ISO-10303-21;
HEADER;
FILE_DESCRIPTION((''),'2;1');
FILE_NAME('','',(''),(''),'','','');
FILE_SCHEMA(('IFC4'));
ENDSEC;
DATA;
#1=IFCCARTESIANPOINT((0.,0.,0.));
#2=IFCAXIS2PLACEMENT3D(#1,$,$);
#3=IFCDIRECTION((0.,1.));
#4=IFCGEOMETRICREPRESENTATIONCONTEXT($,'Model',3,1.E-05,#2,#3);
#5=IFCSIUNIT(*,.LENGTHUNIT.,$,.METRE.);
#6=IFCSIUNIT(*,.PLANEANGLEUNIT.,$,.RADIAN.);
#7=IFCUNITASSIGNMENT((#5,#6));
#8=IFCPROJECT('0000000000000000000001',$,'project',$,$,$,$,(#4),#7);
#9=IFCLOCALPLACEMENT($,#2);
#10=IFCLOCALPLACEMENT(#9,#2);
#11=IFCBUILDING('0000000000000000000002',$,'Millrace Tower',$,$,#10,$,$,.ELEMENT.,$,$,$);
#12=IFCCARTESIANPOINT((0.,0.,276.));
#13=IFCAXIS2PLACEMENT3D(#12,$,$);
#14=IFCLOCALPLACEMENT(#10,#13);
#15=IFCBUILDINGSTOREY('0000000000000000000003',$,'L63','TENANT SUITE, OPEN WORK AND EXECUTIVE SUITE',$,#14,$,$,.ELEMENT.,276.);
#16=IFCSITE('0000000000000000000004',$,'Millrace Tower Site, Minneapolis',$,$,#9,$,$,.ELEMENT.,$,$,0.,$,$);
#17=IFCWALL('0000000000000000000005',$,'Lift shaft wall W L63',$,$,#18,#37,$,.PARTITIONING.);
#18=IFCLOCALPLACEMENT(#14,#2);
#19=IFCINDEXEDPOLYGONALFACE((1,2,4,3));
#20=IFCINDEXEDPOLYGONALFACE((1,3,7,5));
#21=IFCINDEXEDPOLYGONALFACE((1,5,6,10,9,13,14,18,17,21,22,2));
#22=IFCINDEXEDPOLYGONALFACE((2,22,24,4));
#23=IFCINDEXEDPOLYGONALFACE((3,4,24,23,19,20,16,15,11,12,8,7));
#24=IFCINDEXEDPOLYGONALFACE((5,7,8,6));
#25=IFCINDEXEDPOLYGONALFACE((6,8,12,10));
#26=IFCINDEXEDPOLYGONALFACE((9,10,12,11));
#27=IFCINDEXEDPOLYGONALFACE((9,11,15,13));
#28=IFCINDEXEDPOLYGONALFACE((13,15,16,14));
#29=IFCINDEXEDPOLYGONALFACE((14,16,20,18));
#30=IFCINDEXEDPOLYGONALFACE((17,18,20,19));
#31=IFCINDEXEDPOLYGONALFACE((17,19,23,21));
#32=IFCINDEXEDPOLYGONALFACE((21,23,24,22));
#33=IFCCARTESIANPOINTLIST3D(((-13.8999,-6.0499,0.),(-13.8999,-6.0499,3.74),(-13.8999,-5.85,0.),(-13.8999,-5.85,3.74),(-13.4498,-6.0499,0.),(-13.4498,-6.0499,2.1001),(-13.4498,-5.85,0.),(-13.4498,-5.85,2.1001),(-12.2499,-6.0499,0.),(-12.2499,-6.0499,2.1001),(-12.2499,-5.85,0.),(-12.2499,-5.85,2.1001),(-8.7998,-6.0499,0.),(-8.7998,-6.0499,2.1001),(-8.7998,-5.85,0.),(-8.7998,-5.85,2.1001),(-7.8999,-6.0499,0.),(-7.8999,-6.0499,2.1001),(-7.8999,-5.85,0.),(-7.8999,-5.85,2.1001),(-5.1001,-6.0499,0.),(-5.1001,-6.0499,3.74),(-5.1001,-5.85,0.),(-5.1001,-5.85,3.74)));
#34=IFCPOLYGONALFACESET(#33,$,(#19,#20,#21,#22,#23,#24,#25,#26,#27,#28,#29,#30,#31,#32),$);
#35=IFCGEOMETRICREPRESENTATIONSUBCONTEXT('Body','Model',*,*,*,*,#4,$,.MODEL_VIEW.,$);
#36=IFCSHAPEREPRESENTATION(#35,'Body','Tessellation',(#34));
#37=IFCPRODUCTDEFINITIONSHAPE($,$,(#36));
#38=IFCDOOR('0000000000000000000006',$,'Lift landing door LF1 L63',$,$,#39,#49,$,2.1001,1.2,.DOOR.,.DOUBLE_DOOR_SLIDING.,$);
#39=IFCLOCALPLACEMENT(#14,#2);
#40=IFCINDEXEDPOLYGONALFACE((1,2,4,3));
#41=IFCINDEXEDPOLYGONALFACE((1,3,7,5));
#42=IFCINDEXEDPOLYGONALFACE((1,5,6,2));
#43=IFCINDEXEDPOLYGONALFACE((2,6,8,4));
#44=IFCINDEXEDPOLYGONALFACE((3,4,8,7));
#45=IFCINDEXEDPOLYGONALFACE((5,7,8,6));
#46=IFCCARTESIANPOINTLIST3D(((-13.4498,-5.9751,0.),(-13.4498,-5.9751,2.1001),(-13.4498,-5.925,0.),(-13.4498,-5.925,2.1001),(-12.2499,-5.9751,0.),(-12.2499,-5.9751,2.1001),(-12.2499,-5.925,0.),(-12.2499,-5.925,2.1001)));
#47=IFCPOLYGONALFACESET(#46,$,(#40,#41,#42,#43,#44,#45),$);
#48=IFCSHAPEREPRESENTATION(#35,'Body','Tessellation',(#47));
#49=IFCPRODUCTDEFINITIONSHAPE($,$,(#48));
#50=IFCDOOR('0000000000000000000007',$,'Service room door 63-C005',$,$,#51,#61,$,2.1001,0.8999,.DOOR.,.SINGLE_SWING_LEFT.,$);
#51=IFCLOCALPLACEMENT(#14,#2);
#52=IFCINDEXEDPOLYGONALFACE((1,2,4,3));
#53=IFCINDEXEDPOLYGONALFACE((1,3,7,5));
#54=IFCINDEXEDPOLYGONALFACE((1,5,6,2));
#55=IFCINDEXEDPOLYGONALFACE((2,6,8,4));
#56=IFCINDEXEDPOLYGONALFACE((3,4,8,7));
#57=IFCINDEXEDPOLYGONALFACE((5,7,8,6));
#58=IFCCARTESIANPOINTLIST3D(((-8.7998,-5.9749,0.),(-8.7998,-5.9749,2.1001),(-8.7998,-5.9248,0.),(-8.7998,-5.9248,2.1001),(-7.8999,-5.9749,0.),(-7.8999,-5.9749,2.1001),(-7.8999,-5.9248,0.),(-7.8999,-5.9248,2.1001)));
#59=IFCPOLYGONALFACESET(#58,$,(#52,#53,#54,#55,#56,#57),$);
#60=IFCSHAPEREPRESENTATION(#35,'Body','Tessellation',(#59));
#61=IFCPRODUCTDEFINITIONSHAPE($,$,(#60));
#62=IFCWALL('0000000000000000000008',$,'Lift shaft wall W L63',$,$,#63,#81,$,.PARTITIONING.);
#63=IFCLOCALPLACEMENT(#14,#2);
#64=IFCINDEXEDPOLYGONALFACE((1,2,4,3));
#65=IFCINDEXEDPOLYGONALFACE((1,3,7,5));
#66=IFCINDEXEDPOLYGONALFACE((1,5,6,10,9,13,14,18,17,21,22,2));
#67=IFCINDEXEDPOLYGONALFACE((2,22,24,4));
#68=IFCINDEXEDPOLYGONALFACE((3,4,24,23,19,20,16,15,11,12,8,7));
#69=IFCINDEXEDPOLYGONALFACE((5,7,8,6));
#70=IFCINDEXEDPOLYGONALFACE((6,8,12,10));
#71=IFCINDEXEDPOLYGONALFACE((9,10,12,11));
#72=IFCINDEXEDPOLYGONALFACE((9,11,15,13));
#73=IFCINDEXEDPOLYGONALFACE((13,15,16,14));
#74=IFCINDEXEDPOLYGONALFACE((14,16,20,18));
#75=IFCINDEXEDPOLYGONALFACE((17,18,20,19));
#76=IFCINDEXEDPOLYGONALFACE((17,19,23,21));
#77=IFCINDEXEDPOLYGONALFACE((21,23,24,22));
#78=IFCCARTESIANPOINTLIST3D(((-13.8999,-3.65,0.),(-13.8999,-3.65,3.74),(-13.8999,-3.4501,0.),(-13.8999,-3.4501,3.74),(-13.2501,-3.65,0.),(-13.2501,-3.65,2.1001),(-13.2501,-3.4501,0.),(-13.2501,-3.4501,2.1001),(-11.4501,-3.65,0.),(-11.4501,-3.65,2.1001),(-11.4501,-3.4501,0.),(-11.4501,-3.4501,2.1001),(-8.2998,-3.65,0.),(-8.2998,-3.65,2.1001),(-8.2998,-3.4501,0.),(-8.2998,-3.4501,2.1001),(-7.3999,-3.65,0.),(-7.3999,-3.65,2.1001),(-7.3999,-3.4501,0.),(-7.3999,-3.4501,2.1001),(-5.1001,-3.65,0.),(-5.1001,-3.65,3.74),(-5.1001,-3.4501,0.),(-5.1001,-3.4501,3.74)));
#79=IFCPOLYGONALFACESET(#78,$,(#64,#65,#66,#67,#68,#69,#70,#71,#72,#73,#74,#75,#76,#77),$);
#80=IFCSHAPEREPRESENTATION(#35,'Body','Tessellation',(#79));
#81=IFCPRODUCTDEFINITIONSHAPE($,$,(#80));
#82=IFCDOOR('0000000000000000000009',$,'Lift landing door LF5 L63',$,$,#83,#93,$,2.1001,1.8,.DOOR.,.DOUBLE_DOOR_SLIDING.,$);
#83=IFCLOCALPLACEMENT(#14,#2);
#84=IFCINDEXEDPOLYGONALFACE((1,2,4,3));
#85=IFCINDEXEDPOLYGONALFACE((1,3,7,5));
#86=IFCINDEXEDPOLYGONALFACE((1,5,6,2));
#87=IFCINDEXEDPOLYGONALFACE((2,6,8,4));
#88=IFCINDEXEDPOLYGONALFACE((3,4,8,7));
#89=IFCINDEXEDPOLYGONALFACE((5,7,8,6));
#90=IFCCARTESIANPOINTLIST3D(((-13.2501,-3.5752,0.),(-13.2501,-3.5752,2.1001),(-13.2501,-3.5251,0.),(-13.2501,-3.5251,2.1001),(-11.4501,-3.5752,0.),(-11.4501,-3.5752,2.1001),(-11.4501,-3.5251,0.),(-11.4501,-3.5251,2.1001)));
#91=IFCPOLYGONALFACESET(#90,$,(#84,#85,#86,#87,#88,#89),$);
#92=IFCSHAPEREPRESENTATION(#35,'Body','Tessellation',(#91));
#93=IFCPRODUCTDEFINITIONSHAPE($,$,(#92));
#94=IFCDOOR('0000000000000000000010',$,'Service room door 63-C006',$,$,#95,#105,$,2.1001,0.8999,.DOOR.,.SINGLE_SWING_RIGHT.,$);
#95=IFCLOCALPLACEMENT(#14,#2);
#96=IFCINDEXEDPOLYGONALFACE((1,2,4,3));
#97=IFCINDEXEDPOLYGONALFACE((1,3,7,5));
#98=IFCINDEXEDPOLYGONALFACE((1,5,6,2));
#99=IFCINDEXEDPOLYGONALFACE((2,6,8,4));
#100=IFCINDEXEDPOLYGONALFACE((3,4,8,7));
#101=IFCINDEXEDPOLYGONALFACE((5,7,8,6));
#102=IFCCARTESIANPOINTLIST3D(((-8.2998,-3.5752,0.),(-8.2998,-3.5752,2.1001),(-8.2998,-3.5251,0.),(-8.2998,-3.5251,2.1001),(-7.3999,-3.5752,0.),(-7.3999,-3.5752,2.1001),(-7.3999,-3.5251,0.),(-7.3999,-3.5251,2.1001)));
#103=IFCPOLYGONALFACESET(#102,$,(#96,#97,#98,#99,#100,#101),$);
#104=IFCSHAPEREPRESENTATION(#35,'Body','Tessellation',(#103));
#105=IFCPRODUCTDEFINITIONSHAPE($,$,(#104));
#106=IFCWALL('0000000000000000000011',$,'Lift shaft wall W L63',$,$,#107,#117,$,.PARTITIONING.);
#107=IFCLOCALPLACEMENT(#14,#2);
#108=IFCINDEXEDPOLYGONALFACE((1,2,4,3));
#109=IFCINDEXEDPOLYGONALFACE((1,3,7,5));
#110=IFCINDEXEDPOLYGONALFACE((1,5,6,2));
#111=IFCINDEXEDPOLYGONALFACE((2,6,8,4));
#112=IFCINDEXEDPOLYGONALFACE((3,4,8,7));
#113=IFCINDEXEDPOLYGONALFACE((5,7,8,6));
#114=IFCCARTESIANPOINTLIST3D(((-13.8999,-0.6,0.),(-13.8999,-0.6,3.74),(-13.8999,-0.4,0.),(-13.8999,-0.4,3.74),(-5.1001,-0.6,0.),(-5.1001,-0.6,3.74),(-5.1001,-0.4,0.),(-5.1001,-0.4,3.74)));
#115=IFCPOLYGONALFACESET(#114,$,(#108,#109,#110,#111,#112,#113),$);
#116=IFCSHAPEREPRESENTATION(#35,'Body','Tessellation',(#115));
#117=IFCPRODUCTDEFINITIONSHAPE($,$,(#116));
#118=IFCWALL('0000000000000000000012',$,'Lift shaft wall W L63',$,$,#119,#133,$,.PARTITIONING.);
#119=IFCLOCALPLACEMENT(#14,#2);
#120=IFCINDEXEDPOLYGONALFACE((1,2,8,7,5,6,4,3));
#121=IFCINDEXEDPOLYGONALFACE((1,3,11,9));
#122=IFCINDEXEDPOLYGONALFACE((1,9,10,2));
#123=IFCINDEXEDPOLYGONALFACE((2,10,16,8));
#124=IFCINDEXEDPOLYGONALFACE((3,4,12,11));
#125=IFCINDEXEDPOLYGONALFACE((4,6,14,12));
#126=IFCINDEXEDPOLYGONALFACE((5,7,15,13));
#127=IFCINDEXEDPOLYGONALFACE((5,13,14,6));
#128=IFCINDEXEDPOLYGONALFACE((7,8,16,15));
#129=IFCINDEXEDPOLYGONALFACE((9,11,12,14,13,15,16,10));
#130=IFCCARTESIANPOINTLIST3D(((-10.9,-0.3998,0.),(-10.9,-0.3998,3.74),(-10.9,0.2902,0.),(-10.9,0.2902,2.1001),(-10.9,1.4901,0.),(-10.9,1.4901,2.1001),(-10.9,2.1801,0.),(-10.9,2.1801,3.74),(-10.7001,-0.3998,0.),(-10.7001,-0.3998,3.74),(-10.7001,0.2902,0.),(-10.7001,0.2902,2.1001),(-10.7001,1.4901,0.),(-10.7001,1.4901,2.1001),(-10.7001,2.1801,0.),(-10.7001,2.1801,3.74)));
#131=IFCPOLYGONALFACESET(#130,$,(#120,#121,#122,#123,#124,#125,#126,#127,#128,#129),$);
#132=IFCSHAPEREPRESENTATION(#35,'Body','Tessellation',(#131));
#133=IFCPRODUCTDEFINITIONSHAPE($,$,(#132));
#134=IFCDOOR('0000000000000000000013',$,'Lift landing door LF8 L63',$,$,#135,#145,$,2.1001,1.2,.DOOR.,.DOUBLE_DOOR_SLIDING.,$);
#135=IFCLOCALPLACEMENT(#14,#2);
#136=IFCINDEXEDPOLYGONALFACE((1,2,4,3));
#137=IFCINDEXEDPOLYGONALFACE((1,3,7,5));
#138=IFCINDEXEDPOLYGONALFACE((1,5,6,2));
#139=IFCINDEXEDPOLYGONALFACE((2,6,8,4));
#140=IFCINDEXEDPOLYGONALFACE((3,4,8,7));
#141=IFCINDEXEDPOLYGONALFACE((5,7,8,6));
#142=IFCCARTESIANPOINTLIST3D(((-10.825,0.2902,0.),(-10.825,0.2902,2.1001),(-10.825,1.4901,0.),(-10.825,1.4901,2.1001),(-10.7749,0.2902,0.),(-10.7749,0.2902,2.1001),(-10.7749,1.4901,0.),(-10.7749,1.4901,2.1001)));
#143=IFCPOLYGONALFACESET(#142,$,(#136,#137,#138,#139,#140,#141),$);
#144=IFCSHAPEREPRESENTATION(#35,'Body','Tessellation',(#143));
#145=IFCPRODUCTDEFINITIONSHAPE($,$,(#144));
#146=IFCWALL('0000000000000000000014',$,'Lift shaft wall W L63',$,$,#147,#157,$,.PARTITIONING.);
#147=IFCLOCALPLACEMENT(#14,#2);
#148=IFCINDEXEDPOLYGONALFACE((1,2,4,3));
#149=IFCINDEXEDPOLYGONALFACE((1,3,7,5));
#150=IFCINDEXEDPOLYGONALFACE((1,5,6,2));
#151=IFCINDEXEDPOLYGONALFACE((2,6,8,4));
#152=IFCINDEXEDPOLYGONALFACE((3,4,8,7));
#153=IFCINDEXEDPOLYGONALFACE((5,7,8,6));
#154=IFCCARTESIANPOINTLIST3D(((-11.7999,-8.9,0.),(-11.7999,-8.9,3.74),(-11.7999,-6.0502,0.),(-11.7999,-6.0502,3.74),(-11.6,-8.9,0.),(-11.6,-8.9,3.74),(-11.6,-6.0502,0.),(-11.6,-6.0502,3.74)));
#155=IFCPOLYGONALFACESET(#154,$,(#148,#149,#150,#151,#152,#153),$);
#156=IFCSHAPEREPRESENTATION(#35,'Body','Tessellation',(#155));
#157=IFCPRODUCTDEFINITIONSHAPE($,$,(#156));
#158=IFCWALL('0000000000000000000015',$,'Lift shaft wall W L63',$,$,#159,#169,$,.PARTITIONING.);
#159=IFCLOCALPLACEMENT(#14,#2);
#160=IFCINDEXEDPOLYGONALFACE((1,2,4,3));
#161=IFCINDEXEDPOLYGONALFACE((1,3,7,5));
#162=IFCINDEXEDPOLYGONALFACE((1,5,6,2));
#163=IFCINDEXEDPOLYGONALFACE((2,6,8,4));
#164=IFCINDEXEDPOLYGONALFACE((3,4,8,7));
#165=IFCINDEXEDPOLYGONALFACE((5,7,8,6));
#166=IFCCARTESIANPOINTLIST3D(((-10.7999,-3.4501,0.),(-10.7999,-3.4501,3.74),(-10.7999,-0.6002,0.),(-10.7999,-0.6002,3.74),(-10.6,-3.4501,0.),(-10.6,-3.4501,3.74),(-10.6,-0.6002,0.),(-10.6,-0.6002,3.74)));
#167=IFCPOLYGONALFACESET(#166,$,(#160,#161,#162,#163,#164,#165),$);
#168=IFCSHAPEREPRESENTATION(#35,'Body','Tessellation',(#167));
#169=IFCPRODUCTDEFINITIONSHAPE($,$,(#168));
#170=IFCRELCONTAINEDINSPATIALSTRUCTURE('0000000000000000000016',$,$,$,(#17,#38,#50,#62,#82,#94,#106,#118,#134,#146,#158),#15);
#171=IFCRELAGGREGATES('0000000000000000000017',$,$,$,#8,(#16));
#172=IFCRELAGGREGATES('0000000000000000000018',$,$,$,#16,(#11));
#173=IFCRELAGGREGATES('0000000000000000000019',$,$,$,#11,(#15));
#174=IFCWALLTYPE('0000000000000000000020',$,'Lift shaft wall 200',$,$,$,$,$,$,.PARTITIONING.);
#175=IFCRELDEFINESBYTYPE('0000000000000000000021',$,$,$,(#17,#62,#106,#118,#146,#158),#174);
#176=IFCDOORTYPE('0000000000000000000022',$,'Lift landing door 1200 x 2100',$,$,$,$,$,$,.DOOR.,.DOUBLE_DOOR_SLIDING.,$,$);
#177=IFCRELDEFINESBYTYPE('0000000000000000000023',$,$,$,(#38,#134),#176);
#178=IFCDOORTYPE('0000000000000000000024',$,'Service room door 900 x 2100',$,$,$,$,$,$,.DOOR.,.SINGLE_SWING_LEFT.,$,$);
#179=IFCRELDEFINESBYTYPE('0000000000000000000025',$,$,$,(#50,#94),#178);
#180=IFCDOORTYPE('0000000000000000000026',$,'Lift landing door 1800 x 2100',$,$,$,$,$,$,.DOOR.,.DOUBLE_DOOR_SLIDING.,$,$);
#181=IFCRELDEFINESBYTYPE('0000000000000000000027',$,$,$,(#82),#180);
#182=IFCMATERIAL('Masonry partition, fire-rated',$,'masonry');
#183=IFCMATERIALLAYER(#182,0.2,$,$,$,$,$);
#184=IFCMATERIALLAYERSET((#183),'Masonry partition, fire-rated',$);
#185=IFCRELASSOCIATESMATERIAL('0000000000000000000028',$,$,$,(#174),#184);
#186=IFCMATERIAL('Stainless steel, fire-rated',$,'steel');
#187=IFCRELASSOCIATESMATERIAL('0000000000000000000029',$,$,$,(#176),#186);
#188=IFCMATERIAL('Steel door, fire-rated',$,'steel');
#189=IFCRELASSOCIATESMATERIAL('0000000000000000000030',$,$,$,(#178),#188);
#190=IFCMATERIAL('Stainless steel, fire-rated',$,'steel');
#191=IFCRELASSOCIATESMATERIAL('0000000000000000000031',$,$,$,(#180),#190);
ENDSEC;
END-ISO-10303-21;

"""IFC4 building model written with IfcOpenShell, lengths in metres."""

from ifc_helpers import new_model, si_unit, direction, frame, frame_2d, origin, place, context, subcontext, project, spatial, rectangle, extrude, material, layer, layer_set, type_object, element, fill, save


model = new_model("IFC4")

# Units and contexts
model_context = context("Model", 3, precision=1e-05, world=origin(), true_north=direction((0.0, 1.0)))
body_context = subcontext(model_context, "Body", "Model", "MODEL_VIEW")
ifc_project = project(units=[si_unit("LENGTHUNIT", "METRE"), si_unit("PLANEANGLEUNIT", "RADIAN")], contexts=[model_context])

# Site, building, storey
site_placement = place(None, origin())
site = spatial("IfcSite", under=ifc_project, at=site_placement, Name="Millrace Tower Site, Minneapolis", CompositionType="ELEMENT", RefElevation=0.0)
building_placement = place(site_placement, origin())
building = spatial("IfcBuilding", under=site, at=building_placement, Name="Millrace Tower", CompositionType="ELEMENT")
storey_placement = place(building_placement, frame((0.0, 0.0, 276.0)))
storey = spatial("IfcBuildingStorey", under=building, at=storey_placement, Name="L63", Description="TENANT SUITE, OPEN WORK AND EXECUTIVE SUITE", CompositionType="ELEMENT", Elevation=276.0)

# Walls, openings, doors
ifc_material_1 = material(Name="Masonry partition, fire-rated", Category="masonry")
ifc_layer_1 = layer(ifc_material_1, 0.2)
ifc_layer_set_1 = layer_set([ifc_layer_1], Name="Masonry partition, fire-rated")
wall_type_1 = type_object("IfcWallType", Name="Lift shaft wall 200", PredefinedType="PARTITIONING", material=ifc_layer_set_1)
wall_1_placement = place(storey_placement, frame((-13.8999, -5.95, 0.0), z_axis=(0.0, 0.0, 1.0), x_axis=(1.0, 0.0, 0.0)))
wall_1 = element("IfcWall", 1, at=wall_1_placement, inside=storey, type_object=wall_type_1, Name="Lift shaft wall W L63", PredefinedType="PARTITIONING", context=body_context, shape_type="SweptSolid", body=[
    extrude(rectangle(XDim=8.7998, YDim=0.2, at=frame_2d((4.3999, 0.0))), origin(), (0.0, 0.0, 1.0), 3.74),
])
opening_1_placement = place(wall_1_placement, frame((0.45, 0.0, 0.0)))
opening_1 = element("IfcOpeningElement", 2, at=opening_1_placement, cuts=wall_1, PredefinedType="OPENING", context=body_context, shape_type="SweptSolid", body=[
    extrude(rectangle(XDim=1.2, YDim=2.1001, at=frame_2d((0.6001, 1.05))), frame((0.0, 0.1099, 0.0), z_axis=(0.0, -1.0, 0.0), x_axis=(1.0, 0.0, 0.0)), (0.0, 0.0, 1.0), 0.22),
])
opening_2_placement = place(wall_1_placement, frame((5.1001, 0.0, 0.0)))
opening_2 = element("IfcOpeningElement", 3, at=opening_2_placement, cuts=wall_1, PredefinedType="OPENING", context=body_context, shape_type="SweptSolid", body=[
    extrude(rectangle(XDim=0.8999, YDim=2.1001, at=frame_2d((0.45, 1.05))), frame((0.0, 0.1099, 0.0), z_axis=(0.0, -1.0, 0.0), x_axis=(1.0, 0.0, 0.0)), (0.0, 0.0, 1.0), 0.22),
])
ifc_material_2 = material(Name="Stainless steel, fire-rated", Category="steel")
door_type_1 = type_object("IfcDoorType", Name="Lift landing door 1200 x 2100", OperationType="DOUBLE_DOOR_SLIDING", PredefinedType="DOOR", material=ifc_material_2)
door_1_placement = place(opening_1_placement, origin())
door_1 = element("IfcDoor", 4, at=door_1_placement, inside=storey, type_object=door_type_1, Name="Lift landing door LF1 L63", OperationType="DOUBLE_DOOR_SLIDING", OverallHeight=2.1001, OverallWidth=1.2, PredefinedType="DOOR", context=body_context, shape_type="SweptSolid", body=[
    extrude(rectangle(XDim=1.2, YDim=2.1001, at=frame_2d((0.6001, 1.05))), frame((0.0, 0.0249, 0.0), z_axis=(0.0, -1.0, 0.0), x_axis=(1.0, 0.0, 0.0)), (0.0, 0.0, 1.0), 0.05),
])
fill(opening_1, door_1)
ifc_material_3 = material(Name="Steel door, fire-rated", Category="steel")
door_type_2 = type_object("IfcDoorType", Name="Service room door 900 x 2100", OperationType="SINGLE_SWING_LEFT", PredefinedType="DOOR", material=ifc_material_3)
door_2_placement = place(opening_2_placement, frame((0.8999, 0.0, 0.0), z_axis=(0.0, 0.0, 1.0), x_axis=(-1.0, 0.0, 0.0)))
door_2 = element("IfcDoor", 5, at=door_2_placement, inside=storey, type_object=door_type_2, Name="Service room door 63-C005", OperationType="SINGLE_SWING_LEFT", OverallHeight=2.1001, OverallWidth=0.8999, PredefinedType="DOOR", context=body_context, shape_type="SweptSolid", body=[
    extrude(rectangle(XDim=0.8999, YDim=2.1001, at=frame_2d((0.45, 1.05))), frame((0.0, 0.0249, 0.0), z_axis=(0.0, -1.0, 0.0), x_axis=(1.0, 0.0, 0.0)), (0.0, 0.0, 1.0), 0.05),
])
fill(opening_2, door_2)
wall_2_placement = place(storey_placement, frame((-13.8999, -3.55, 0.0), z_axis=(0.0, 0.0, 1.0), x_axis=(1.0, 0.0, 0.0)))
wall_2 = element("IfcWall", 6, at=wall_2_placement, inside=storey, type_object=wall_type_1, Name="Lift shaft wall W L63", PredefinedType="PARTITIONING", context=body_context, shape_type="SweptSolid", body=[
    extrude(rectangle(XDim=8.7998, YDim=0.2, at=frame_2d((4.3999, 0.0))), origin(), (0.0, 0.0, 1.0), 3.74),
])
opening_3_placement = place(wall_2_placement, frame((0.6499, 0.0, 0.0)))
opening_3 = element("IfcOpeningElement", 7, at=opening_3_placement, cuts=wall_2, PredefinedType="OPENING", context=body_context, shape_type="SweptSolid", body=[
    extrude(rectangle(XDim=1.8, YDim=2.1001, at=frame_2d((0.8999, 1.05))), frame((0.0, 0.1099, 0.0), z_axis=(0.0, -1.0, 0.0), x_axis=(1.0, 0.0, 0.0)), (0.0, 0.0, 1.0), 0.22),
])
opening_4_placement = place(wall_2_placement, frame((5.6001, 0.0, 0.0)))
opening_4 = element("IfcOpeningElement", 8, at=opening_4_placement, cuts=wall_2, PredefinedType="OPENING", context=body_context, shape_type="SweptSolid", body=[
    extrude(rectangle(XDim=0.8999, YDim=2.1001, at=frame_2d((0.45, 1.05))), frame((0.0, 0.1099, 0.0), z_axis=(0.0, -1.0, 0.0), x_axis=(1.0, 0.0, 0.0)), (0.0, 0.0, 1.0), 0.22),
])
ifc_material_4 = material(Name="Stainless steel, fire-rated", Category="steel")
door_type_3 = type_object("IfcDoorType", Name="Lift landing door 1800 x 2100", OperationType="DOUBLE_DOOR_SLIDING", PredefinedType="DOOR", material=ifc_material_4)
door_3_placement = place(opening_3_placement, origin())
door_3 = element("IfcDoor", 9, at=door_3_placement, inside=storey, type_object=door_type_3, Name="Lift landing door LF5 L63", OperationType="DOUBLE_DOOR_SLIDING", OverallHeight=2.1001, OverallWidth=1.8, PredefinedType="DOOR", context=body_context, shape_type="SweptSolid", body=[
    extrude(rectangle(XDim=1.8, YDim=2.1001, at=frame_2d((0.8999, 1.05))), frame((0.0, 0.0249, 0.0), z_axis=(0.0, -1.0, 0.0), x_axis=(1.0, 0.0, 0.0)), (0.0, 0.0, 1.0), 0.05),
])
fill(opening_3, door_3)
door_4_placement = place(opening_4_placement, origin())
door_4 = element("IfcDoor", 10, at=door_4_placement, inside=storey, type_object=door_type_2, Name="Service room door 63-C006", OperationType="SINGLE_SWING_RIGHT", OverallHeight=2.1001, OverallWidth=0.8999, PredefinedType="DOOR", context=body_context, shape_type="SweptSolid", body=[
    extrude(rectangle(XDim=0.8999, YDim=2.1001, at=frame_2d((0.45, 1.05))), frame((0.0, 0.0249, 0.0), z_axis=(0.0, -1.0, 0.0), x_axis=(1.0, 0.0, 0.0)), (0.0, 0.0, 1.0), 0.05),
])
fill(opening_4, door_4)

# Wall
wall_3_placement = place(storey_placement, frame((-13.8999, -0.5, 0.0), z_axis=(0.0, 0.0, 1.0), x_axis=(1.0, 0.0, 0.0)))
element("IfcWall", 11, at=wall_3_placement, inside=storey, type_object=wall_type_1, Name="Lift shaft wall W L63", PredefinedType="PARTITIONING", context=body_context, shape_type="SweptSolid", body=[
    extrude(rectangle(XDim=8.7998, YDim=0.2, at=frame_2d((4.3999, 0.0))), origin(), (0.0, 0.0, 1.0), 3.74),
])

# Wall, opening, door
wall_4_placement = place(storey_placement, frame((-10.8, -0.3999, 0.0), z_axis=(0.0, 0.0, 1.0), x_axis=(0.0, 1.0, 0.0)))
wall_4 = element("IfcWall", 12, at=wall_4_placement, inside=storey, type_object=wall_type_1, Name="Lift shaft wall W L63", PredefinedType="PARTITIONING", context=body_context, shape_type="SweptSolid", body=[
    extrude(rectangle(XDim=2.5798, YDim=0.2, at=frame_2d((1.29, 0.0))), origin(), (0.0, 0.0, 1.0), 3.74),
])
opening_5_placement = place(wall_4_placement, frame((0.6899, 0.0, 0.0)))
opening_5 = element("IfcOpeningElement", 13, at=opening_5_placement, cuts=wall_4, PredefinedType="OPENING", context=body_context, shape_type="SweptSolid", body=[
    extrude(rectangle(XDim=1.2, YDim=2.1001, at=frame_2d((0.6001, 1.05))), frame((0.0, 0.1099, 0.0), z_axis=(0.0, -1.0, 0.0), x_axis=(1.0, 0.0, 0.0)), (0.0, 0.0, 1.0), 0.22),
])
door_5_placement = place(opening_5_placement, origin())
door_5 = element("IfcDoor", 14, at=door_5_placement, inside=storey, type_object=door_type_1, Name="Lift landing door LF8 L63", OperationType="DOUBLE_DOOR_SLIDING", OverallHeight=2.1001, OverallWidth=1.2, PredefinedType="DOOR", context=body_context, shape_type="SweptSolid", body=[
    extrude(rectangle(XDim=1.2, YDim=2.1001, at=frame_2d((0.6001, 1.05))), frame((0.0, 0.0249, 0.0), z_axis=(0.0, -1.0, 0.0), x_axis=(1.0, 0.0, 0.0)), (0.0, 0.0, 1.0), 0.05),
])
fill(opening_5, door_5)

# Walls
for number, where, z_axis, x_axis, name in (
    (15, (-11.7, -8.8999, 0.0), (0.0, 0.0, 1.0), (0.0, 1.0, 0.0), "Lift shaft wall W L63"),
    (16, (-10.7, -3.45, 0.0), (0.0, 0.0, 1.0), (0.0, 1.0, 0.0), "Lift shaft wall W L63"),
):
    element("IfcWall", number, at=place(storey_placement, frame(where, z_axis=z_axis, x_axis=x_axis)), inside=storey, type_object=wall_type_1, Name=name, PredefinedType="PARTITIONING", context=body_context, shape_type="SweptSolid", body=[
        extrude(rectangle(XDim=2.8499, YDim=0.2, at=frame_2d((1.4248, 0.0))), origin(), (0.0, 0.0, 1.0), 3.74),
    ])

save(model, "model.ifc")
